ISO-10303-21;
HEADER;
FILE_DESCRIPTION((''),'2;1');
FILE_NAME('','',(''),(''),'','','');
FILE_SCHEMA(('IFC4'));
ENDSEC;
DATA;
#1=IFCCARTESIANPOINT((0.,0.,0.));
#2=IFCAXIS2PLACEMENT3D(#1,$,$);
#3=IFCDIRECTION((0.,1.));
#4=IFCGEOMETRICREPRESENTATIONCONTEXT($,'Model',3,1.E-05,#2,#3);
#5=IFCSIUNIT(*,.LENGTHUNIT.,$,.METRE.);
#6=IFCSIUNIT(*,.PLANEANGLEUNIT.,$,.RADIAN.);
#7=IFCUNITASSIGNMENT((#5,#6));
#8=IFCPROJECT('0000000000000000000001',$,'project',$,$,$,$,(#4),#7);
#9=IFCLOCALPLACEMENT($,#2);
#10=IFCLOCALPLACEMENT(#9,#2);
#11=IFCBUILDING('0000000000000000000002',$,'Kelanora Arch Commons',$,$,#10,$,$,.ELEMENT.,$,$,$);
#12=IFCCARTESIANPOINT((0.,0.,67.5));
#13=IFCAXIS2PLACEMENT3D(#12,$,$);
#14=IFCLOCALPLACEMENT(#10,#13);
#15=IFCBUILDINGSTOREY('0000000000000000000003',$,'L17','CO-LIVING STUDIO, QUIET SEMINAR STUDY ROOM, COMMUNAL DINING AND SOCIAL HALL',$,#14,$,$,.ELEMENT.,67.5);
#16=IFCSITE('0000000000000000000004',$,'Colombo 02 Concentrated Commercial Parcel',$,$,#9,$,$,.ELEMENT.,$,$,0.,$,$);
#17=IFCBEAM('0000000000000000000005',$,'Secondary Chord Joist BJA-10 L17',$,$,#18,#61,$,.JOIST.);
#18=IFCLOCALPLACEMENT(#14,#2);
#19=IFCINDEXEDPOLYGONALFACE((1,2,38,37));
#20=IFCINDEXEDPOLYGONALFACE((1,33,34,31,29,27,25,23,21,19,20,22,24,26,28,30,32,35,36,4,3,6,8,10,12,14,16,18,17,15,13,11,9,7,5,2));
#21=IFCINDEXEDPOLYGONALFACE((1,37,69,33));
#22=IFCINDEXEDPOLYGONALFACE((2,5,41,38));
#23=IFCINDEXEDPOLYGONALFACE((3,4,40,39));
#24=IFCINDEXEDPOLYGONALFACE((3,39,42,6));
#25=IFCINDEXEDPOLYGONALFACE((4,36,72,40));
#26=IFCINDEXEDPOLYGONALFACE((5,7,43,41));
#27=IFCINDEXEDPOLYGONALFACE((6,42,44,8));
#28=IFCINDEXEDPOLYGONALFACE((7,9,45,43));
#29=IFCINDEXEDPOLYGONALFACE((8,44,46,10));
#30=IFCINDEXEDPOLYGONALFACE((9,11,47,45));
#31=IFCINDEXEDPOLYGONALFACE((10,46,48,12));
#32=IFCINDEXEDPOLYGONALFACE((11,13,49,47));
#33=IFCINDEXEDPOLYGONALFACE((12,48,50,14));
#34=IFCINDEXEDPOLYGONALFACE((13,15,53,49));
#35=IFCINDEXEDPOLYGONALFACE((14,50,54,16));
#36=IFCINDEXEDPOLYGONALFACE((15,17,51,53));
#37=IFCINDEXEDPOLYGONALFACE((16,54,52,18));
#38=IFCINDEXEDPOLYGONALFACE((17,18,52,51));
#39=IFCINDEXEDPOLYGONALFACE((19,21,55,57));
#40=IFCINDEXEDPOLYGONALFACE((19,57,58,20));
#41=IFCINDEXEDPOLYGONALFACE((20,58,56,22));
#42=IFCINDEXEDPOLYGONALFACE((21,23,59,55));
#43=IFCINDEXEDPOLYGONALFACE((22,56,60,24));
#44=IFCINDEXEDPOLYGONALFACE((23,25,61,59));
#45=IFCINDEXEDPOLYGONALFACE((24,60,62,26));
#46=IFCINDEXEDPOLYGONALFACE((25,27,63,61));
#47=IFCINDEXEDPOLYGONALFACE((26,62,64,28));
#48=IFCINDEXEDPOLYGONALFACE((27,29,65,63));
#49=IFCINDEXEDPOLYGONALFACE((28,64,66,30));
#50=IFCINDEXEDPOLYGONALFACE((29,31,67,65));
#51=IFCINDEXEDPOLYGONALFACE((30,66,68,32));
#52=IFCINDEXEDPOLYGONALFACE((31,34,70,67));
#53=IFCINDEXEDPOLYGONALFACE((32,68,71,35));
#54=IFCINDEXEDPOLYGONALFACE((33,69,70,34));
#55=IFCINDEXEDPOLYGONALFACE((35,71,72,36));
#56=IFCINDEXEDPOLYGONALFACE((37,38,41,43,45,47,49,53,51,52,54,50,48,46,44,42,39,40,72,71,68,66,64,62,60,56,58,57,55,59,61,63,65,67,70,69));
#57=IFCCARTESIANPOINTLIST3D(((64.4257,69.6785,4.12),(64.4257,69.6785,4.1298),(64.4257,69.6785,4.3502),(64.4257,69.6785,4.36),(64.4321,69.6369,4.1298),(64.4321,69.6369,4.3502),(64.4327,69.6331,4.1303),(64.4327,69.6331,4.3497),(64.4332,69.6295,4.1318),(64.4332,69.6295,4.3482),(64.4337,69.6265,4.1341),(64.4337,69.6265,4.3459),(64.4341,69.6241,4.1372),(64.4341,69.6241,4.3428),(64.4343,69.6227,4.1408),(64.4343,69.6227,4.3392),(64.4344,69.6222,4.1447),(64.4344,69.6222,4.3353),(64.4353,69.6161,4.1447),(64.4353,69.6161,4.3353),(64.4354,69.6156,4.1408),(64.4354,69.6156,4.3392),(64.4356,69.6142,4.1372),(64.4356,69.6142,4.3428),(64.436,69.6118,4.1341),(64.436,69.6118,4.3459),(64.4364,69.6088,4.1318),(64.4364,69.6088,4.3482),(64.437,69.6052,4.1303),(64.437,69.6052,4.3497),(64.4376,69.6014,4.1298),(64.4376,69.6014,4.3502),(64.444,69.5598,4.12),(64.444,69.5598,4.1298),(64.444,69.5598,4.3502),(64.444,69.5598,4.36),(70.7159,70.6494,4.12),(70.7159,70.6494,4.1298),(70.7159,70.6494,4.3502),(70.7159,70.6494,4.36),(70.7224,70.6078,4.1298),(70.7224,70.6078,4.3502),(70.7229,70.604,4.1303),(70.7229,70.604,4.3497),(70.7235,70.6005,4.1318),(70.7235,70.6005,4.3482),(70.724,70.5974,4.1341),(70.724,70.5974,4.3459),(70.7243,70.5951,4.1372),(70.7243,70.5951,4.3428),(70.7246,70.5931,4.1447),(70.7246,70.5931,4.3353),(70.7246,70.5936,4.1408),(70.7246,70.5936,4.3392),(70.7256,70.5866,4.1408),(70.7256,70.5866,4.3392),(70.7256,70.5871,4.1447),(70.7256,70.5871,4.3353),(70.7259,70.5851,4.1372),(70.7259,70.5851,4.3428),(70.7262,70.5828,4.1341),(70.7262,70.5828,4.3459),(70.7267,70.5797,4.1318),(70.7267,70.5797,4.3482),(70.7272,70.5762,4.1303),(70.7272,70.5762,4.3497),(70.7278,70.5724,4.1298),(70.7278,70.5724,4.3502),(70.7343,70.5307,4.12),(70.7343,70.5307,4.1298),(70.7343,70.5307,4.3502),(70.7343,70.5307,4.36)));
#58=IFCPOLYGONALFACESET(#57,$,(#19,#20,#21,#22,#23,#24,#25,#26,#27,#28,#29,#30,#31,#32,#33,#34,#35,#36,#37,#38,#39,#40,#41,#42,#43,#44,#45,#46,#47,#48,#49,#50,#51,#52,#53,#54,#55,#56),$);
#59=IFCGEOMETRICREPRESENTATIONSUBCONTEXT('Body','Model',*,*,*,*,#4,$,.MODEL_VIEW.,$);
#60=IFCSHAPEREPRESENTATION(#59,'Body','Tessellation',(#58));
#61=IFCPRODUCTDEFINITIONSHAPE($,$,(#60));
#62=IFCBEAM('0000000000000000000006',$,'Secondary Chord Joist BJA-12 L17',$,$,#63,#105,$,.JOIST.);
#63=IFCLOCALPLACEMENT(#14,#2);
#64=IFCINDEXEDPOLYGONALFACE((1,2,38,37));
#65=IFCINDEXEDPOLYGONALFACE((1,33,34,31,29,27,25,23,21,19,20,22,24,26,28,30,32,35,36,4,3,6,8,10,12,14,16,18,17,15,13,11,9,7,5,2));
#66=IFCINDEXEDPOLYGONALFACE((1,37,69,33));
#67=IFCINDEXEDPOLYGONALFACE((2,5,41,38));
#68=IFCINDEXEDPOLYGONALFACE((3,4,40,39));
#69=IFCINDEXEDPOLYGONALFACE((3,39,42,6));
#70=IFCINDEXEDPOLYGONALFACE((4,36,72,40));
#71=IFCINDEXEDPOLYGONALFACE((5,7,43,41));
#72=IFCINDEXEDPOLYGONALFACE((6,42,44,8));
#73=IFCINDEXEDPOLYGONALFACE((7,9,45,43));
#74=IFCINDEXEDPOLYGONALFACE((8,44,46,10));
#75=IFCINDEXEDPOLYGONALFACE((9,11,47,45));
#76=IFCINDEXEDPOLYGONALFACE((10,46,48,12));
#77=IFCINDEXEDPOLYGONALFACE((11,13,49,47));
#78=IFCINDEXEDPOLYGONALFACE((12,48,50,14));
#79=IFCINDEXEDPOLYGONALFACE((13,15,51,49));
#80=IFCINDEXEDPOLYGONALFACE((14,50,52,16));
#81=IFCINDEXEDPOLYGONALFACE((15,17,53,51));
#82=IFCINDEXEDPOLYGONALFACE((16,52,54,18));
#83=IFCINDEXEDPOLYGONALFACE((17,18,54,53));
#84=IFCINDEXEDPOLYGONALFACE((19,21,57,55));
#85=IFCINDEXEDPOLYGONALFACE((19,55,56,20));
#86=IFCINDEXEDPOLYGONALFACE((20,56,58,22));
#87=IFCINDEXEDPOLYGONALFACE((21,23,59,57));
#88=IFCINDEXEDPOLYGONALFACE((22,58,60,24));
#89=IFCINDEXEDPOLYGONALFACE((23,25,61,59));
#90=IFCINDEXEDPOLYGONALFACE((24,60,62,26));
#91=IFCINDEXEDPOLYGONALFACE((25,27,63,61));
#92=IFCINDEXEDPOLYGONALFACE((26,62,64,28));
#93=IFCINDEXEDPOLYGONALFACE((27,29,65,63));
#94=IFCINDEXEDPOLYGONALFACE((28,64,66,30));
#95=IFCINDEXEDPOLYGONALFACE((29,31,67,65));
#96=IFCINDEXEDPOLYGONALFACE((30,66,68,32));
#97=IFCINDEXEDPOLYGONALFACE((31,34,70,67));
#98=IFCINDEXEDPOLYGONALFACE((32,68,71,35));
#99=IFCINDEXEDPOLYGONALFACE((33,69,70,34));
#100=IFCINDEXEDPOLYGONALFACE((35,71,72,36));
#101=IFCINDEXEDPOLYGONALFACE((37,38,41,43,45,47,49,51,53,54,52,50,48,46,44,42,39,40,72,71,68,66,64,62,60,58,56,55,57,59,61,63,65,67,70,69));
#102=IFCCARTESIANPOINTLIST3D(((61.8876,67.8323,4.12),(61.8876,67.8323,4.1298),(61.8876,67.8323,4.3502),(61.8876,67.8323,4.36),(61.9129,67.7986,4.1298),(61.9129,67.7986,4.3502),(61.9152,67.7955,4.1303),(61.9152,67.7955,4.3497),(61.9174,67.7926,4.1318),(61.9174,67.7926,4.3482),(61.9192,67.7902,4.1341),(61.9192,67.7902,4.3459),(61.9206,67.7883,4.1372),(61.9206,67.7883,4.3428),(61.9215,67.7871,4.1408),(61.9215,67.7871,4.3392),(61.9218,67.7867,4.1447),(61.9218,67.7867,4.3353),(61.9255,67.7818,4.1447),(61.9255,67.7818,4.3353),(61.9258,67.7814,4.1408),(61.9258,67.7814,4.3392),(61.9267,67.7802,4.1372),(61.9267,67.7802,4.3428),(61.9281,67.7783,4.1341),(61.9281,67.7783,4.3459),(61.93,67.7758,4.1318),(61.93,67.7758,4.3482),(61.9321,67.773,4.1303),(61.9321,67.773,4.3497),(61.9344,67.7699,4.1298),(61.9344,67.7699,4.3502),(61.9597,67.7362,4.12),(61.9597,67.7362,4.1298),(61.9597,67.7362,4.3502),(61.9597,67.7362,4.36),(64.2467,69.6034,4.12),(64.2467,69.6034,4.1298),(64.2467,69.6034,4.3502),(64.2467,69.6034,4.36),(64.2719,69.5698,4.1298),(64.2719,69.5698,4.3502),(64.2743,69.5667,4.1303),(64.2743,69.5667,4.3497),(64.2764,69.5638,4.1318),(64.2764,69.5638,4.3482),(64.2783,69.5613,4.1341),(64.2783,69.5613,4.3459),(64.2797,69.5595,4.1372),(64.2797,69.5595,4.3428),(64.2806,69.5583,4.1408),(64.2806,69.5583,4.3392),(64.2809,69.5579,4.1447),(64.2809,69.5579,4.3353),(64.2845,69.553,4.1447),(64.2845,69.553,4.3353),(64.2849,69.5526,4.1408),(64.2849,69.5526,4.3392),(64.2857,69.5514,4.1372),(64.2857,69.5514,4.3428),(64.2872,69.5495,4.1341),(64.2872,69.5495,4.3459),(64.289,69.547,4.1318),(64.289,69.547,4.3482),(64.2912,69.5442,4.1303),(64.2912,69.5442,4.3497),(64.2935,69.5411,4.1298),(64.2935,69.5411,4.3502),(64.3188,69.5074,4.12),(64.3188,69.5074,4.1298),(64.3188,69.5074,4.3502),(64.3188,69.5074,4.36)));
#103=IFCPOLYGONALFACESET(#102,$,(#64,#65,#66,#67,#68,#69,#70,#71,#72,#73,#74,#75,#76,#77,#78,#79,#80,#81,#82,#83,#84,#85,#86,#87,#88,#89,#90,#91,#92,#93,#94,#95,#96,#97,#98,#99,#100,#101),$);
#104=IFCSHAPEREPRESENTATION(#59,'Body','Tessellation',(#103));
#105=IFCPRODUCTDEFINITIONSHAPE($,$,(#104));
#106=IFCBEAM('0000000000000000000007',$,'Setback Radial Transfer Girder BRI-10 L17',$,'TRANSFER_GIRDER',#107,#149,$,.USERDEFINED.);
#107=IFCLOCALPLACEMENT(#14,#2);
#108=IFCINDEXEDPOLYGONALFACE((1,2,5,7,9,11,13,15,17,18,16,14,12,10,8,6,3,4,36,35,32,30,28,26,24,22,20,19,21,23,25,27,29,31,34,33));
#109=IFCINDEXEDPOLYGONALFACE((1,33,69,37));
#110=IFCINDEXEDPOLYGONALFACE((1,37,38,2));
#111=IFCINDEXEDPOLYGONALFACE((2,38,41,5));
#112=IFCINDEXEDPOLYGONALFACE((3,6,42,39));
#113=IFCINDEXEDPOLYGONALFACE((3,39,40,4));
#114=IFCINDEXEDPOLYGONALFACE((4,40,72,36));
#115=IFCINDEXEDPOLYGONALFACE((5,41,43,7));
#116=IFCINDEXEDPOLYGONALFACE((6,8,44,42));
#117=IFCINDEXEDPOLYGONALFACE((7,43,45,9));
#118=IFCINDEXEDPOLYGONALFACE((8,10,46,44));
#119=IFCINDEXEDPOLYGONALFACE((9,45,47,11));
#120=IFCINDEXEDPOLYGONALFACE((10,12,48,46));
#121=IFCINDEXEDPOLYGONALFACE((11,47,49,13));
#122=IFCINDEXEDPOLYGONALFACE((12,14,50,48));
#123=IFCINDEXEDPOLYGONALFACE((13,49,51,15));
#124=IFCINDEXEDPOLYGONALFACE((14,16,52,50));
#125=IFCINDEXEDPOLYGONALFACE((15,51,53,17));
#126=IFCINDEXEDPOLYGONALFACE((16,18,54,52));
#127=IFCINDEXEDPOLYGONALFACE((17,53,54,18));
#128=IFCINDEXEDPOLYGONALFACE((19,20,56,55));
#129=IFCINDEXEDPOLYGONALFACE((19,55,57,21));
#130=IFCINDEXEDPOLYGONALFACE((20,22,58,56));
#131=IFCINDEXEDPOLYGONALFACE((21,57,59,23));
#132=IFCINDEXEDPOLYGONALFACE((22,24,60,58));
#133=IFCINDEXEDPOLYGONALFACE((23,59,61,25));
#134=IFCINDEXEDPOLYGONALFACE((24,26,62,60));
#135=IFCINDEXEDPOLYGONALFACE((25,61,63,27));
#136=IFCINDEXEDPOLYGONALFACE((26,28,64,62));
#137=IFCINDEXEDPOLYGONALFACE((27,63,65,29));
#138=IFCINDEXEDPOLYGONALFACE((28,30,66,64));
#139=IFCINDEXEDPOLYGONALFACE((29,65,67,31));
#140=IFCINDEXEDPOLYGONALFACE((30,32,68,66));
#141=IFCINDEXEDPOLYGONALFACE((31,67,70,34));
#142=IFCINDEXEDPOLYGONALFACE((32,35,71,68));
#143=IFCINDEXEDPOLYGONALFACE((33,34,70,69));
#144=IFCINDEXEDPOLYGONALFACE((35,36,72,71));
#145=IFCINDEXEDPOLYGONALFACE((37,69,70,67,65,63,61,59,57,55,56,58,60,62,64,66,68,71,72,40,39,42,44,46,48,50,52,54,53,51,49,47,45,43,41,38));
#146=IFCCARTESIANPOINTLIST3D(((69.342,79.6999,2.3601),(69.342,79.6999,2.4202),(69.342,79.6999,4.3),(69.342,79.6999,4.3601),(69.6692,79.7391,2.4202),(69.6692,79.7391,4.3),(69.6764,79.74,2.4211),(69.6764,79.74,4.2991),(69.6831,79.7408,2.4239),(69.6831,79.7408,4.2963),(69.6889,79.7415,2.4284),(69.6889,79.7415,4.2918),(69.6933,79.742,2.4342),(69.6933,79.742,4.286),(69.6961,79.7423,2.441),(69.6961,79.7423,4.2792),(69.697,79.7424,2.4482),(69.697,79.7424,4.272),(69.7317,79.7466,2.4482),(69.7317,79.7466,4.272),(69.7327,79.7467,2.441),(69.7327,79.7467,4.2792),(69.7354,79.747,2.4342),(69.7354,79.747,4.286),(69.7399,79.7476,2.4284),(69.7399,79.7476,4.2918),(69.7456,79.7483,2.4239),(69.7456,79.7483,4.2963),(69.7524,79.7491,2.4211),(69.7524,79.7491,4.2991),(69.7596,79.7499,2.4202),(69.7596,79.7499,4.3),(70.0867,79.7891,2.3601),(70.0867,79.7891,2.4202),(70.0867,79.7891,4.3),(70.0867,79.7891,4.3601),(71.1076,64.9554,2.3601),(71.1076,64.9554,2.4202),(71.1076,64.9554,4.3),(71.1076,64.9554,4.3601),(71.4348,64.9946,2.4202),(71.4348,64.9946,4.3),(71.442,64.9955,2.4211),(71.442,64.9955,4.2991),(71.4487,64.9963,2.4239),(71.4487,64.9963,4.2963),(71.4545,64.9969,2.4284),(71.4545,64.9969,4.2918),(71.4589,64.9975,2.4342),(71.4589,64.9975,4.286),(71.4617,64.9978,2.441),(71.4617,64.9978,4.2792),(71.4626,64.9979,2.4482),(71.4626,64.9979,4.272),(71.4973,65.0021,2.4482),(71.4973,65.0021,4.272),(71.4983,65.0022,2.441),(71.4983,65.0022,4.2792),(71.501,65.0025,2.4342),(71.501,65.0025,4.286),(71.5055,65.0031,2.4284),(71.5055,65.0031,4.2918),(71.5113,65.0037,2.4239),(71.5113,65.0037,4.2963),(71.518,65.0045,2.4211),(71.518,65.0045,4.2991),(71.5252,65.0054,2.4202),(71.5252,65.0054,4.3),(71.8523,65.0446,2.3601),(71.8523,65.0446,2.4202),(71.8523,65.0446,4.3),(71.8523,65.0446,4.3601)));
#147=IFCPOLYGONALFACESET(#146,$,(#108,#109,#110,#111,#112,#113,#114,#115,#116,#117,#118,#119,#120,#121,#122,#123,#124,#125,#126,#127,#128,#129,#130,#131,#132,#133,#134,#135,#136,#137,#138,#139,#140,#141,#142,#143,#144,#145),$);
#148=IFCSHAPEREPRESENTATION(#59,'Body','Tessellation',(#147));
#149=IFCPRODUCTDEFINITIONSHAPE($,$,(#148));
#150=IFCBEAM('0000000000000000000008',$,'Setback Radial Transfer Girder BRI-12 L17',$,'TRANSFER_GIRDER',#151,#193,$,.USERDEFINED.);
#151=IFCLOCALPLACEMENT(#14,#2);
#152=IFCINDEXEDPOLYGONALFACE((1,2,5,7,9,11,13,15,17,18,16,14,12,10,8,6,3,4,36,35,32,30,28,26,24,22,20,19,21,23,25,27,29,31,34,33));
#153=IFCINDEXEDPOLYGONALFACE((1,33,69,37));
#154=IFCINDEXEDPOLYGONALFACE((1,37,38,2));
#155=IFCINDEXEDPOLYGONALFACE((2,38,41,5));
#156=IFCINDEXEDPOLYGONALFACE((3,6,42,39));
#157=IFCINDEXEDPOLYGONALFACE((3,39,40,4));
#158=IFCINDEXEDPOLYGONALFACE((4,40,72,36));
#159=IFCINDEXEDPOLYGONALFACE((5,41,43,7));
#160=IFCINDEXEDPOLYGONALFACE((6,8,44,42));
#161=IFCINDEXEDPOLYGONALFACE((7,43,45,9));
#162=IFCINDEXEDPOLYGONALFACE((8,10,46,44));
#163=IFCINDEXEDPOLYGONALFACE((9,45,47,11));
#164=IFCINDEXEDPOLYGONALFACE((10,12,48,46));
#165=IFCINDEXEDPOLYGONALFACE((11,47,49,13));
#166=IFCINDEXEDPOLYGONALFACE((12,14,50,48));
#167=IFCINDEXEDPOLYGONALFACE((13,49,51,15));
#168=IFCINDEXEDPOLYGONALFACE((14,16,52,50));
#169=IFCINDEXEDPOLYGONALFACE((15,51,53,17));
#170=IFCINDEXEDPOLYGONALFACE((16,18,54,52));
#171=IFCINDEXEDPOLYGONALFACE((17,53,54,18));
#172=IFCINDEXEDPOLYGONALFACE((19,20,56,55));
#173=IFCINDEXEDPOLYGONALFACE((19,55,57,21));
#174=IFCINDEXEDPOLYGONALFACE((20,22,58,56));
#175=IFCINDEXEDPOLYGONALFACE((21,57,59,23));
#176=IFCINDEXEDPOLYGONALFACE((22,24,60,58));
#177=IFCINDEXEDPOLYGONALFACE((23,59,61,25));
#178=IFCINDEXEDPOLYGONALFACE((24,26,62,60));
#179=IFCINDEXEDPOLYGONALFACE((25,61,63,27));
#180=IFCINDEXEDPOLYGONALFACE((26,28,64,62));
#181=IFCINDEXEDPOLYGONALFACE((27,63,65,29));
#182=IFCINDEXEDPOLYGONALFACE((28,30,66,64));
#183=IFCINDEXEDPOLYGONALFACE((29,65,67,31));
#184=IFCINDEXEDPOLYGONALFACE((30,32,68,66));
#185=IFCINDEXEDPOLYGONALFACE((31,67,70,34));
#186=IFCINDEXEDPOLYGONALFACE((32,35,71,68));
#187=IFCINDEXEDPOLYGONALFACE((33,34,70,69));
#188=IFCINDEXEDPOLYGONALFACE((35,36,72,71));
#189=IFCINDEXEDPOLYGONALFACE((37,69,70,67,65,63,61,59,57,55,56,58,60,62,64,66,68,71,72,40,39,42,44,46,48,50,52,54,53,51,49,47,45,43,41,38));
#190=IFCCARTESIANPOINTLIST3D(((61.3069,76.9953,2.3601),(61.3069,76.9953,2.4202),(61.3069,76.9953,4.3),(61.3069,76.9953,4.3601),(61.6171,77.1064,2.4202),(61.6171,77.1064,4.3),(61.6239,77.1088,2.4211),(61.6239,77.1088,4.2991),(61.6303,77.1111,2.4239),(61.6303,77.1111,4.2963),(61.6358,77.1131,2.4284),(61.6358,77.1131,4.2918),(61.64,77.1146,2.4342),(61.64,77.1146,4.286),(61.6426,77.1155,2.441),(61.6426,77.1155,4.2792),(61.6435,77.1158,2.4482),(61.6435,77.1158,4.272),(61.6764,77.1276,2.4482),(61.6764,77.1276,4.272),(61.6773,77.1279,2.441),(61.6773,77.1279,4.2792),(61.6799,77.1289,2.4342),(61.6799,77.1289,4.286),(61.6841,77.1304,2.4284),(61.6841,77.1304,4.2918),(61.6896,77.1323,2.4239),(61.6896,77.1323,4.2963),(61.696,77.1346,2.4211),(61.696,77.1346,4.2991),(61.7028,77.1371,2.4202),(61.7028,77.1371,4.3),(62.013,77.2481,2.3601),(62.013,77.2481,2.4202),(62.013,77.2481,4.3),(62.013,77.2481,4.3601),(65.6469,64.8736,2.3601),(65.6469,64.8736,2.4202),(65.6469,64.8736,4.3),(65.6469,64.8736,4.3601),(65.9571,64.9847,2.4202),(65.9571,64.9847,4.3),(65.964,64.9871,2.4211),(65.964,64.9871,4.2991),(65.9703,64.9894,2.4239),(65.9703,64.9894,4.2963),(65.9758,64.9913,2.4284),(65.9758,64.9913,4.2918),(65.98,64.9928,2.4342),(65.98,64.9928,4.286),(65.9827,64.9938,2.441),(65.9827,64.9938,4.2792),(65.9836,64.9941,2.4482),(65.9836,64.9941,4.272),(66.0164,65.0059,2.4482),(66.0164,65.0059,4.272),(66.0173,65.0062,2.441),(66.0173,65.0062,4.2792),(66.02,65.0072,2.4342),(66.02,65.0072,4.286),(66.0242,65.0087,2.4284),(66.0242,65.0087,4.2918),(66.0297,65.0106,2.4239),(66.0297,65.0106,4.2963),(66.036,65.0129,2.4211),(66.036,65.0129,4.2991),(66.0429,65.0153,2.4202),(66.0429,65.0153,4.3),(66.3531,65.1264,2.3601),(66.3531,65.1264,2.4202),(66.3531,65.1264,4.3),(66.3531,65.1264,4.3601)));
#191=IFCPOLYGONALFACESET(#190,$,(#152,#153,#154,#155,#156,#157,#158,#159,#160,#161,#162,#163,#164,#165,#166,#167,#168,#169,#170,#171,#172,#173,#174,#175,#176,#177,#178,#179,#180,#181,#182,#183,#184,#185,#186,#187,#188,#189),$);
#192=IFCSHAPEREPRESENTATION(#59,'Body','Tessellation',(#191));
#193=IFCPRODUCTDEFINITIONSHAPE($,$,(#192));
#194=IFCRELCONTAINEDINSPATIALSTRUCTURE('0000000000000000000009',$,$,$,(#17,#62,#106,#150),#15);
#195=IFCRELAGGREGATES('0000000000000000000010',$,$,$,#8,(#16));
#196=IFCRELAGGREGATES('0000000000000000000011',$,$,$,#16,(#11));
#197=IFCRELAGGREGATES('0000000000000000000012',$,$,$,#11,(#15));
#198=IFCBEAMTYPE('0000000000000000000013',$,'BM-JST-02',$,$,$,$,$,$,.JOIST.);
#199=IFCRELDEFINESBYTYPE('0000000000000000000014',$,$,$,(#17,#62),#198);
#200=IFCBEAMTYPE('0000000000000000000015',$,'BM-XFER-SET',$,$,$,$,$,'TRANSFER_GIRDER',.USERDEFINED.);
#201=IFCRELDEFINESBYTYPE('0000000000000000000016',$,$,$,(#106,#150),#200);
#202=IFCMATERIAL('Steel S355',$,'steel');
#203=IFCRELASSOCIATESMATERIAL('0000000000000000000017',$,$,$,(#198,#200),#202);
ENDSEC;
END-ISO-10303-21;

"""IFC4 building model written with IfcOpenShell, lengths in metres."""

from ifc_helpers import new_model, si_unit, direction, frame, origin, origin_2d, place, context, subcontext, project, spatial, i_section, extrude, material, material_profile, profile_set, type_object, element, save


model = new_model("IFC4")

# Units and contexts
model_context = context("Model", 3, precision=1e-05, world=origin(), true_north=direction((0.0, 1.0)))
body_context = subcontext(model_context, "Body", "Model", "MODEL_VIEW")
ifc_project = project(units=[si_unit("LENGTHUNIT", "METRE"), si_unit("PLANEANGLEUNIT", "RADIAN")], contexts=[model_context])

# Site, building, storey
site_placement = place(None, origin())
site = spatial("IfcSite", under=ifc_project, at=site_placement, Name="Colombo 02 Concentrated Commercial Parcel", CompositionType="ELEMENT", RefElevation=0.0)
building_placement = place(site_placement, origin())
building = spatial("IfcBuilding", under=site, at=building_placement, Name="Kelanora Arch Commons", CompositionType="ELEMENT")
storey_placement = place(building_placement, frame((0.0, 0.0, 67.5)))
storey = spatial("IfcBuildingStorey", under=building, at=storey_placement, Name="L17", Description="CO-LIVING STUDIO, QUIET SEMINAR STUDY ROOM, COMMUNAL DINING AND SOCIAL HALL", CompositionType="ELEMENT", Elevation=67.5)

# Beams
ifc_material_1 = material(Name="Steel S355", Category="steel")
ifc_material_profile_1 = material_profile(ifc_material_1, i_section(OverallWidth=0.1201, OverallDepth=0.24, WebThickness=0.0061, FlangeThickness=0.0098, FilletRadius=0.0149, at=origin_2d()), Name="IPE240")
ifc_profile_set_1 = profile_set([ifc_material_profile_1], Name="Steel S355")
beam_type_1 = type_object("IfcBeamType", Name="BM-JST-02", PredefinedType="JOIST", material=ifc_profile_set_1)
beam_1_placement = place(storey_placement, frame((70.7251, 70.5901, 4.24), z_axis=(-0.988296, -0.15255, 0.0), x_axis=(0.15255, -0.988296, 0.0)))
element("IfcBeam", 1, at=beam_1_placement, inside=storey, type_object=beam_type_1, Name="Secondary Chord Joist BJA-10 L17", PredefinedType="JOIST", context=body_context, shape_type="SweptSolid", body=[
    extrude(i_section(OverallWidth=0.1201, OverallDepth=0.24, WebThickness=0.0061, FlangeThickness=0.0098, FilletRadius=0.0149, at=origin_2d()), origin(), (0.0, 0.0, 1.0), 6.3647),
])
beam_2_placement = place(storey_placement, frame((64.2827, 69.5554, 4.24), z_axis=(-0.799692, -0.60041, 0.0), x_axis=(0.60041, -0.799692, 0.0)))
element("IfcBeam", 2, at=beam_2_placement, inside=storey, type_object=beam_type_1, Name="Secondary Chord Joist BJA-12 L17", PredefinedType="JOIST", context=body_context, shape_type="SweptSolid", body=[
    extrude(i_section(OverallWidth=0.1201, OverallDepth=0.24, WebThickness=0.0061, FlangeThickness=0.0098, FilletRadius=0.0149, at=origin_2d()), origin(), (0.0, 0.0, 1.0), 2.95),
])
ifc_material_profile_2 = material_profile(ifc_material_1, i_section(OverallWidth=0.75, OverallDepth=2.0, WebThickness=0.0349, FlangeThickness=0.0601, FilletRadius=0.0281, at=origin_2d()), Name="PG2000x750")
ifc_profile_set_2 = profile_set([ifc_material_profile_2], Name="Steel S355")
beam_type_2 = type_object("IfcBeamType", Name="BM-XFER-SET", ElementType="TRANSFER_GIRDER", PredefinedType="USERDEFINED", material=ifc_profile_set_2)
beam_3_placement = place(storey_placement, frame((71.48, 65.0, 3.3601), z_axis=(-0.118898, 0.992907, 0.0), x_axis=(-0.992907, -0.118898, 0.0)))
element("IfcBeam", 3, at=beam_3_placement, inside=storey, type_object=beam_type_2, Name="Setback Radial Transfer Girder BRI-10 L17", ObjectType="TRANSFER_GIRDER", PredefinedType="USERDEFINED", context=body_context, shape_type="SweptSolid", body=[
    extrude(i_section(OverallWidth=0.75, OverallDepth=2.0, WebThickness=0.0349, FlangeThickness=0.0601, FilletRadius=0.0281, at=origin_2d()), origin(), (0.0, 0.0, 1.0), 14.8499),
])
beam_4_placement = place(storey_placement, frame((66.0, 65.0, 3.3601), z_axis=(-0.337085, 0.941474, 0.0), x_axis=(-0.941474, -0.337085, 0.0)))
element("IfcBeam", 4, at=beam_4_placement, inside=storey, type_object=beam_type_2, Name="Setback Radial Transfer Girder BRI-12 L17", ObjectType="TRANSFER_GIRDER", PredefinedType="USERDEFINED", context=body_context, shape_type="SweptSolid", body=[
    extrude(i_section(OverallWidth=0.75, OverallDepth=2.0, WebThickness=0.0349, FlangeThickness=0.0601, FilletRadius=0.0281, at=origin_2d()), origin(), (0.0, 0.0, 1.0), 12.8752),
])

save(model, "model.ifc")
